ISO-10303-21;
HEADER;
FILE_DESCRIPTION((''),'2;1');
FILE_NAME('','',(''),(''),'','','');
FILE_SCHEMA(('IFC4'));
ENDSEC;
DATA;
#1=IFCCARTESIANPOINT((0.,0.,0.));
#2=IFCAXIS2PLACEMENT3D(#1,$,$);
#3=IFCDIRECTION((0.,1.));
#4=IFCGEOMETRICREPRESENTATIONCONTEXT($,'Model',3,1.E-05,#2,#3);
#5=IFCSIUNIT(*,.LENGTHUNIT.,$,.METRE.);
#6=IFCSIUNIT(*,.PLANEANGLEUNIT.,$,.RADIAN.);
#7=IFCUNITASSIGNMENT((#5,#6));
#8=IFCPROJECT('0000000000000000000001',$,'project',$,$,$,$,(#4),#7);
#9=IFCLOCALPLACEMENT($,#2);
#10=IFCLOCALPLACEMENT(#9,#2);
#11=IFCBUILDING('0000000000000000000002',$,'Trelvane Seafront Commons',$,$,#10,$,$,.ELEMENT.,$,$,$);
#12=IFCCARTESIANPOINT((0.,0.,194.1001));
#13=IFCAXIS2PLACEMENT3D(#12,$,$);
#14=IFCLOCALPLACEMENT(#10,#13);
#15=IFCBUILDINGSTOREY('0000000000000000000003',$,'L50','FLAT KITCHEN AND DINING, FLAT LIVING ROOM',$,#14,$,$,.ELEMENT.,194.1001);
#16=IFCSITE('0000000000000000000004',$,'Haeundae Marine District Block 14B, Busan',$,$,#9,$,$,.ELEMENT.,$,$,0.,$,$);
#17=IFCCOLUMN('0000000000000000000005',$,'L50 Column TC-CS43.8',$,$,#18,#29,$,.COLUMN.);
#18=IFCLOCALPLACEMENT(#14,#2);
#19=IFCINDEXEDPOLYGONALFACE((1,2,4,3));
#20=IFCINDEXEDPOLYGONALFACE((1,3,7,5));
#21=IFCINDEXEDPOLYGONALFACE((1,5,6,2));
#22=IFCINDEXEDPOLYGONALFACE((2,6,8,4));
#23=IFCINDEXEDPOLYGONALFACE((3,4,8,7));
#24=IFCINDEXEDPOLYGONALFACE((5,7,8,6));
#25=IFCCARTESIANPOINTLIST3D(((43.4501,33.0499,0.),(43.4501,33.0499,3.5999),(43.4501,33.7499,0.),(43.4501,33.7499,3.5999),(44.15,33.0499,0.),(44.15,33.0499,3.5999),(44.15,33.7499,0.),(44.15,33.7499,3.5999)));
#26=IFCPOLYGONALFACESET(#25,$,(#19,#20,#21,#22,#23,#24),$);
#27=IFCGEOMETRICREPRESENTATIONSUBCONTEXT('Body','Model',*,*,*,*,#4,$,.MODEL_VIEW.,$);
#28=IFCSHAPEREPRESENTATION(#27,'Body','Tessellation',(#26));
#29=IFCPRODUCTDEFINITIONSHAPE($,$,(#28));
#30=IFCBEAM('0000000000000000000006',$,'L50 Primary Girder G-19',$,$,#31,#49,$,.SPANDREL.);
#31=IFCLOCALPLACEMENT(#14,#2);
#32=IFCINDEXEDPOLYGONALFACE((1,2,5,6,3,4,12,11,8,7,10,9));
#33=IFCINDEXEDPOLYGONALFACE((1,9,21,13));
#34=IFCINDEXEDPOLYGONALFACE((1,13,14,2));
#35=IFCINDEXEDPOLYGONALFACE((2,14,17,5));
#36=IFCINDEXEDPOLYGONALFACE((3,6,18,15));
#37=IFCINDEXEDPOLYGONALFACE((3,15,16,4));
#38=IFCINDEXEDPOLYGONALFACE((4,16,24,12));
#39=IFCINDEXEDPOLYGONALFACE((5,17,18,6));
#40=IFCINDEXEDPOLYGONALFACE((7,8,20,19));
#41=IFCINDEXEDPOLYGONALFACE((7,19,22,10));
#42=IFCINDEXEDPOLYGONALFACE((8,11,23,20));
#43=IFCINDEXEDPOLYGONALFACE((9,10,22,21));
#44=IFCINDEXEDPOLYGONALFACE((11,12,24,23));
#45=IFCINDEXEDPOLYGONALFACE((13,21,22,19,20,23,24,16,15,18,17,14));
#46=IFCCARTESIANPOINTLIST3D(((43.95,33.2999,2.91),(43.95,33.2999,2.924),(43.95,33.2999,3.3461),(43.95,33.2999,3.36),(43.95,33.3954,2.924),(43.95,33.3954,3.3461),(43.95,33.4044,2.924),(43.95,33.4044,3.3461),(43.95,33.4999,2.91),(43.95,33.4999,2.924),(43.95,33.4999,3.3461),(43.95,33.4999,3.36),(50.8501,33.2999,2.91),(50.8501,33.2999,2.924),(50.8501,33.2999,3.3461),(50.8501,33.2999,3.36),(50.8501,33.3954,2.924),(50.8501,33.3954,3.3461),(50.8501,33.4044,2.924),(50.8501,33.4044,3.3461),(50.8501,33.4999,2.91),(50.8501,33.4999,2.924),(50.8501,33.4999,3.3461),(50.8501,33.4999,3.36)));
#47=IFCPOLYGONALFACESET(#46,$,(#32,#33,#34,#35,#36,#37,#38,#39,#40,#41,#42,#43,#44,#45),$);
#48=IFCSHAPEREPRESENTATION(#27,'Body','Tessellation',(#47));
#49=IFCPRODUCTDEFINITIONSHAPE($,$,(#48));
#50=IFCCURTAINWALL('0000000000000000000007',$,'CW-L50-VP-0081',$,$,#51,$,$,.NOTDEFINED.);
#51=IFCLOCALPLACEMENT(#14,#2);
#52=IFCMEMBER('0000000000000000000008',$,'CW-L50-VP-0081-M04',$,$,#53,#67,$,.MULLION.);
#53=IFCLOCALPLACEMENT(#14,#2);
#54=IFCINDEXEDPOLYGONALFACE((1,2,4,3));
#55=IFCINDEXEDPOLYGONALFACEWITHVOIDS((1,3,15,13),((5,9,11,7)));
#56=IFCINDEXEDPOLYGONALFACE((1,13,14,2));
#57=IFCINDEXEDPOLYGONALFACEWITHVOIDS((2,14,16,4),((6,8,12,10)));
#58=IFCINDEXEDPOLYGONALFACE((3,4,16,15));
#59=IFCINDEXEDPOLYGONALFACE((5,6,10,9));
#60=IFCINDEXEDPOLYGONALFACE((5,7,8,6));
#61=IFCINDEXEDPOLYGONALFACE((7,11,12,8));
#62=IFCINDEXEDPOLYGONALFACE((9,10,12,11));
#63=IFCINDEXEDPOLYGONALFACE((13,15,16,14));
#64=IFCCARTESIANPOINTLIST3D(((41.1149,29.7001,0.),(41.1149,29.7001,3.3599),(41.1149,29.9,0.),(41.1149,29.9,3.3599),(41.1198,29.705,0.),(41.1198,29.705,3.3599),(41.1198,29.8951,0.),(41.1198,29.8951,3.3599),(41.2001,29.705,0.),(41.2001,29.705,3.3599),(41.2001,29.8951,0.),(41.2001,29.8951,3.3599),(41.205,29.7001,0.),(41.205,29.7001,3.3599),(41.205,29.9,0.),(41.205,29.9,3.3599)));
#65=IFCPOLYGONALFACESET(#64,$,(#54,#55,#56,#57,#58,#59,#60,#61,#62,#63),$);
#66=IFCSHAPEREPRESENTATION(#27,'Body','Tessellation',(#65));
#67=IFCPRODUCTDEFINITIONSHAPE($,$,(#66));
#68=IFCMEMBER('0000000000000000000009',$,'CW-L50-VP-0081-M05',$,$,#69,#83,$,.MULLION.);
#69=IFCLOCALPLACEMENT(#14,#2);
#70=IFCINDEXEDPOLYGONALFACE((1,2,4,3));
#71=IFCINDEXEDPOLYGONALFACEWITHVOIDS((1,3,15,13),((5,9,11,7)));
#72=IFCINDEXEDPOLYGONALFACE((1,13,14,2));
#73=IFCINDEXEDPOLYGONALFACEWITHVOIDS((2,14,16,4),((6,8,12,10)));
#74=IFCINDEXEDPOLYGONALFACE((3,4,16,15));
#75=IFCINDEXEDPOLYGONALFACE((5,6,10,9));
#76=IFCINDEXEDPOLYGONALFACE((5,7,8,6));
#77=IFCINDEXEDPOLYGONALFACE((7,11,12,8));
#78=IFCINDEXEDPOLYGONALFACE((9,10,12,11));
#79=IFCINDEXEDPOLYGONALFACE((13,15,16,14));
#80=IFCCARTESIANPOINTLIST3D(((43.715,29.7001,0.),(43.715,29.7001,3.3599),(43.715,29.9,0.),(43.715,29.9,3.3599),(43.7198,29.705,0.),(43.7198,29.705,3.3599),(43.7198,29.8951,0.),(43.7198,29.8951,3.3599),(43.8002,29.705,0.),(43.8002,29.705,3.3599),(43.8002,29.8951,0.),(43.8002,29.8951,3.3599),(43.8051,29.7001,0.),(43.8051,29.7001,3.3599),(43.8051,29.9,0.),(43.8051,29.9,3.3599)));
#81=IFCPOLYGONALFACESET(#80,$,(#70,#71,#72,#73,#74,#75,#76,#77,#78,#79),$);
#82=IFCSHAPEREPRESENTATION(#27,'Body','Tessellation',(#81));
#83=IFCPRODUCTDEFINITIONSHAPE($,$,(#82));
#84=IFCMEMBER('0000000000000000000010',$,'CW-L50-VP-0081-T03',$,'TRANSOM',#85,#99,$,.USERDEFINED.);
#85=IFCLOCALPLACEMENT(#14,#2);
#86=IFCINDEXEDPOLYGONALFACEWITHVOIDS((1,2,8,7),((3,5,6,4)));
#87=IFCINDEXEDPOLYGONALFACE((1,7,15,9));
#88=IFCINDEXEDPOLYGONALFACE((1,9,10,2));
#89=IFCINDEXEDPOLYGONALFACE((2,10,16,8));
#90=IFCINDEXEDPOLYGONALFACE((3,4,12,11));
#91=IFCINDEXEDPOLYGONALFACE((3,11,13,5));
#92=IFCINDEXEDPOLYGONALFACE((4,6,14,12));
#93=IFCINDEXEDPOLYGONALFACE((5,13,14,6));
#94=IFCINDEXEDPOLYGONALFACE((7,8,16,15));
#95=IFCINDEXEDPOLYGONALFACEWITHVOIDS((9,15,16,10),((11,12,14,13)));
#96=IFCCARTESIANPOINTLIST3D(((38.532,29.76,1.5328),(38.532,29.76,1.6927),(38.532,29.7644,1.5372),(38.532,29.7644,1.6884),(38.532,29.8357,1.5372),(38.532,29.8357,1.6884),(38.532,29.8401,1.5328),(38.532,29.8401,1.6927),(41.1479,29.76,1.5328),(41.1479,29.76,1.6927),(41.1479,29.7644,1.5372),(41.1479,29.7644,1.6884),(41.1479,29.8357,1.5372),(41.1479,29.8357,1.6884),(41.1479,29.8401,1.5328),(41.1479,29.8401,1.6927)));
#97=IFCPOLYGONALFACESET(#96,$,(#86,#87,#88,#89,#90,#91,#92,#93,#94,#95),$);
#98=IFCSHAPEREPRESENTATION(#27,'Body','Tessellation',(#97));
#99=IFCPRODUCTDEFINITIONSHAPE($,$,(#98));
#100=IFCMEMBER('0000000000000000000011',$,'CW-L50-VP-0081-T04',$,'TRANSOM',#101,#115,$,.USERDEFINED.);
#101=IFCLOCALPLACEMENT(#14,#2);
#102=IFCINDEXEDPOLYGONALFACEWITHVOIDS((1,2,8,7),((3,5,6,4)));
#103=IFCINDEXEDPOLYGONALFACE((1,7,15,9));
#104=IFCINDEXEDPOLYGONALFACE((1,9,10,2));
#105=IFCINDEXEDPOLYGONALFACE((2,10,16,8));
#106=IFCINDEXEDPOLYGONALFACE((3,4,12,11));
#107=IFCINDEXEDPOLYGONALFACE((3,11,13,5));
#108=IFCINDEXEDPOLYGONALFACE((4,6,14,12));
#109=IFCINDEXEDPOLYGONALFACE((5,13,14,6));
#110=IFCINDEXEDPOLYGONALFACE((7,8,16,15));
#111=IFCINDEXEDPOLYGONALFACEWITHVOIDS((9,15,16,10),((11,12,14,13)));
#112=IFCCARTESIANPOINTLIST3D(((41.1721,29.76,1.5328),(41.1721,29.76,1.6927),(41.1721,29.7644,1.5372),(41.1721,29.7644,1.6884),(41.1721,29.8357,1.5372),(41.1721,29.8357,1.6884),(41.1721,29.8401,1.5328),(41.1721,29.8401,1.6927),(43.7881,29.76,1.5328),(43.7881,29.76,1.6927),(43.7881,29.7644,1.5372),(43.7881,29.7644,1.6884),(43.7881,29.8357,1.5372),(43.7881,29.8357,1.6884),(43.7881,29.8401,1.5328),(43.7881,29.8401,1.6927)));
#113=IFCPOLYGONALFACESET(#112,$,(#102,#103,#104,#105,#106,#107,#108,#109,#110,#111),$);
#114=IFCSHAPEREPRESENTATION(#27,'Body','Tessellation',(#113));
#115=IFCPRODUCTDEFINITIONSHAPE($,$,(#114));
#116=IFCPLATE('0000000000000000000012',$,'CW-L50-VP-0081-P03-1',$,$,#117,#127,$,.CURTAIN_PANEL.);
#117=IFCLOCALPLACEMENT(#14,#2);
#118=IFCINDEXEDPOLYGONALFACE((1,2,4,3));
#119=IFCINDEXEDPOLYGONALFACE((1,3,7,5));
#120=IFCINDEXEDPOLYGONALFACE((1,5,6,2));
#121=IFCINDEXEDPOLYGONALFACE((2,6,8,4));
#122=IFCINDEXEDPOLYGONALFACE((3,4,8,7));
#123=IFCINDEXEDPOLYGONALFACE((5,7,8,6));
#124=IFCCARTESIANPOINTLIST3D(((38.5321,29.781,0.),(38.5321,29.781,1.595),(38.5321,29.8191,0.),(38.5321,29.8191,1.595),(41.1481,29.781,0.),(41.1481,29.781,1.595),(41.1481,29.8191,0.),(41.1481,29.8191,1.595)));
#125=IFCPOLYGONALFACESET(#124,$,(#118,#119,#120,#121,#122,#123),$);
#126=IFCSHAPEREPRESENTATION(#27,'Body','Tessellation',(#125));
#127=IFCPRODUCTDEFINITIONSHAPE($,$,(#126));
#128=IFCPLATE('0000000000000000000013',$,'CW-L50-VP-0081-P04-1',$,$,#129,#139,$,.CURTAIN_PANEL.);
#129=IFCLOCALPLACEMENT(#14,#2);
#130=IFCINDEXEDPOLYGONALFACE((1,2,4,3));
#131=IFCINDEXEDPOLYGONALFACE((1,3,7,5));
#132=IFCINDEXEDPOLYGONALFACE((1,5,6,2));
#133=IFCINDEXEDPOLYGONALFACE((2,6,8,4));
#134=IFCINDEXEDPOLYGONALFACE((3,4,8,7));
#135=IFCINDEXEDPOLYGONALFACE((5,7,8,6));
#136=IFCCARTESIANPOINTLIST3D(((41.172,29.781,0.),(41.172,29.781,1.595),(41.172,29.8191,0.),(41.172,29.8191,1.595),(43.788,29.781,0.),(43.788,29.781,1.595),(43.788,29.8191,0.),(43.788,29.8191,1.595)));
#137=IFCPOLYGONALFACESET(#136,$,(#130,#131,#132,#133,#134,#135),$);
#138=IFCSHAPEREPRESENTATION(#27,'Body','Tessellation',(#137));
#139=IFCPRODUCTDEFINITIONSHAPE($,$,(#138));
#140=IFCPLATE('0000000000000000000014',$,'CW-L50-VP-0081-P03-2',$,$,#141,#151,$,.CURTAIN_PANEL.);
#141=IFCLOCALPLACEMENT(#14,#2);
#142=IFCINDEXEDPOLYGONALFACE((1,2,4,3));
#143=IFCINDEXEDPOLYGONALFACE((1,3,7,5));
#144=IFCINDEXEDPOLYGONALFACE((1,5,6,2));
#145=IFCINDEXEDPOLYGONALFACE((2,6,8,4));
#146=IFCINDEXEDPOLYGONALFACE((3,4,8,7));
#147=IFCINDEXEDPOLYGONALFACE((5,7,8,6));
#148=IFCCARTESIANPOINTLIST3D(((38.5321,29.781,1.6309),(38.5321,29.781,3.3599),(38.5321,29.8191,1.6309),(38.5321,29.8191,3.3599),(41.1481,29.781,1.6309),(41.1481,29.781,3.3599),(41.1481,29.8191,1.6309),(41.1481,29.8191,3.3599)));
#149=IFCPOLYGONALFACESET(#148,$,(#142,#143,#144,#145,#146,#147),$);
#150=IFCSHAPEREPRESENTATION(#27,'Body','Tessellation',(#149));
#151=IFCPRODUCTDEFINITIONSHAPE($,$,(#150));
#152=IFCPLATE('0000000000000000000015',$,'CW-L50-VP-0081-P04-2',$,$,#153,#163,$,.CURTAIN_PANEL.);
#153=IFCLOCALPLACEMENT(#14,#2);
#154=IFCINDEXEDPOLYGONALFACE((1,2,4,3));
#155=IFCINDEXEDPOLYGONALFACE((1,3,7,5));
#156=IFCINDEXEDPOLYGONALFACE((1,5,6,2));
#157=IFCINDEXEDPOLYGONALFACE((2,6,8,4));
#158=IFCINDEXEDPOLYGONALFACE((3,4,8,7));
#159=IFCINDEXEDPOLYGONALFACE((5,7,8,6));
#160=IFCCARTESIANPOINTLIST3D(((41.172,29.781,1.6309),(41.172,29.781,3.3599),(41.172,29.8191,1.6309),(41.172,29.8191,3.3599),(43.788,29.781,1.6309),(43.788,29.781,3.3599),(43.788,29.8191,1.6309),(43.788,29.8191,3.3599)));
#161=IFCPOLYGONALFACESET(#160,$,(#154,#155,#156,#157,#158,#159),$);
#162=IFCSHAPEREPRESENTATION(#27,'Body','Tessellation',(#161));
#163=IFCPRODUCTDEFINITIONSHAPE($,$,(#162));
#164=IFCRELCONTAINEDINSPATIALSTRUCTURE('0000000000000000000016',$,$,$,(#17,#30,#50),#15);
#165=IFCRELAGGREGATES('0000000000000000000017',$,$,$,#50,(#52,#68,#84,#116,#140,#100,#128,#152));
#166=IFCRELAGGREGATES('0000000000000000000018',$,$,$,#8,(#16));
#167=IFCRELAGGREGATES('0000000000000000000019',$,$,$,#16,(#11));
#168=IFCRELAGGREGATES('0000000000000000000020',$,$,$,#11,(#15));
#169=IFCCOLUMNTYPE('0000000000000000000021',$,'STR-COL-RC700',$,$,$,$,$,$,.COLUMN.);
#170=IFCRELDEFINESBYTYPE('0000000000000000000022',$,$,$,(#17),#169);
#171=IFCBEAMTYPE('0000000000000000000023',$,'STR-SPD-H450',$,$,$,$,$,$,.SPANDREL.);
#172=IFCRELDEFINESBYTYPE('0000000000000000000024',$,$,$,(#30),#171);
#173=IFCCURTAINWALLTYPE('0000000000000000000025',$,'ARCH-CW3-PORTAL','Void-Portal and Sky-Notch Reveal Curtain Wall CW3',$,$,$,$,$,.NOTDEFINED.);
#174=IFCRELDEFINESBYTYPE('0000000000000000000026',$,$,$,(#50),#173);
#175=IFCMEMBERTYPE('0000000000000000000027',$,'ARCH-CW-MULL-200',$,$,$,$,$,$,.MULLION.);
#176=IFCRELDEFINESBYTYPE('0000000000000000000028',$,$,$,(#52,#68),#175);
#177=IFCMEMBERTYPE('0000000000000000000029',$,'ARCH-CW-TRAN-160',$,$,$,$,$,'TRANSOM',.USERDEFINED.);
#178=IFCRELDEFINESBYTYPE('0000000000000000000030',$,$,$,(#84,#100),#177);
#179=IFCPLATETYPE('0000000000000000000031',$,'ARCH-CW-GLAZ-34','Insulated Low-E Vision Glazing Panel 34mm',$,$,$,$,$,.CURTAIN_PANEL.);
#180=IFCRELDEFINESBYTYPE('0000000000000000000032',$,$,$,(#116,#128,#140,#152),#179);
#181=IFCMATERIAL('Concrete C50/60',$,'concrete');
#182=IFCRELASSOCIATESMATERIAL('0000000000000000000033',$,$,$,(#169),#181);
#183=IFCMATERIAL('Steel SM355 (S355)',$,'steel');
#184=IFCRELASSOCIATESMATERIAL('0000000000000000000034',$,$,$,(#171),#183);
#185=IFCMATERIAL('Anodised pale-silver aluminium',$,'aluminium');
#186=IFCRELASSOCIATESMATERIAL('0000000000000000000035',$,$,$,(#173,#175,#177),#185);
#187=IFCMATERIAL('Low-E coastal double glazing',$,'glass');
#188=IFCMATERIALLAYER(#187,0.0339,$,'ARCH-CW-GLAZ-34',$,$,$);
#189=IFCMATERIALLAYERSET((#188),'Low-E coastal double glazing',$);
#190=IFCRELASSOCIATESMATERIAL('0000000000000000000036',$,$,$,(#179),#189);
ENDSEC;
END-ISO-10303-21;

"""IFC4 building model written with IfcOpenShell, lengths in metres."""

from ifc_helpers import new_model, si_unit, direction, frame, origin, origin_2d, place, context, subcontext, project, spatial, rectangle, hollow_rectangle, i_section, extrude, source, transform, mapped, material, layer, layer_set, material_profile, profile_set, type_object, element, aggregate, save


model = new_model("IFC4")

# Units and contexts
model_context = context("Model", 3, precision=1e-05, world=origin(), true_north=direction((0.0, 1.0)))
body_context = subcontext(model_context, "Body", "Model", "MODEL_VIEW")
ifc_project = project(units=[si_unit("LENGTHUNIT", "METRE"), si_unit("PLANEANGLEUNIT", "RADIAN")], contexts=[model_context])

# Site, building, storey
site_placement = place(None, origin())
site = spatial("IfcSite", under=ifc_project, at=site_placement, Name="Haeundae Marine District Block 14B, Busan", CompositionType="ELEMENT", RefElevation=0.0)
building_placement = place(site_placement, origin())
building = spatial("IfcBuilding", under=site, at=building_placement, Name="Trelvane Seafront Commons", CompositionType="ELEMENT")
storey_placement = place(building_placement, frame((0.0, 0.0, 194.1001)))
storey = spatial("IfcBuildingStorey", under=building, at=storey_placement, Name="L50", Description="FLAT KITCHEN AND DINING, FLAT LIVING ROOM", CompositionType="ELEMENT", Elevation=194.1001)

# Column
ifc_material_1 = material(Name="Concrete C50/60", Category="concrete")
ifc_material_profile_1 = material_profile(ifc_material_1, rectangle(XDim=0.7, YDim=0.7, at=origin_2d()), Name="RC-700x700")
ifc_profile_set_1 = profile_set([ifc_material_profile_1], Name="Concrete C50/60")
column_type = type_object("IfcColumnType", Name="STR-COL-RC700", PredefinedType="COLUMN", material=ifc_profile_set_1)
shared_shape_1 = source(origin(), body_context, "Body", "SweptSolid", [
    extrude(rectangle(XDim=0.7, YDim=0.7, at=origin_2d()), origin(), (0.0, 0.0, 1.0), 3.5999),
])
column_placement = place(storey_placement, frame((43.8, 33.3999, 0.0), z_axis=(0.0, 0.0, 1.0), x_axis=(1.0, 0.0, 0.0)))
element("IfcColumn", 1, at=column_placement, inside=storey, type_object=column_type, Name="L50 Column TC-CS43.8", PredefinedType="COLUMN", context=body_context, shape_type="MappedRepresentation", body=[
    mapped(shared_shape_1, transform((0.0, 0.0, 0.0), x_axis=(1.0, 0.0, 0.0), y_axis=(0.0, 1.0, 0.0), z_axis=(0.0, 0.0, 1.0), scale=1.0)),
])

# Beam
ifc_material_2 = material(Name="Steel SM355 (S355)", Category="steel")
ifc_material_profile_2 = material_profile(ifc_material_2, i_section(OverallWidth=0.2, OverallDepth=0.45, WebThickness=0.009, FlangeThickness=0.0139, at=origin_2d()), Name="H-450x200x9x14")
ifc_profile_set_2 = profile_set([ifc_material_profile_2], Name="Steel SM355 (S355)")
beam_type = type_object("IfcBeamType", Name="STR-SPD-H450", PredefinedType="SPANDREL", material=ifc_profile_set_2)
shared_shape_2 = source(origin(), body_context, "Body", "SweptSolid", [
    extrude(i_section(OverallWidth=0.2, OverallDepth=0.45, WebThickness=0.009, FlangeThickness=0.0139, at=origin_2d()), origin(), (0.0, 0.0, 1.0), 6.9001),
])
beam_placement = place(storey_placement, frame((43.95, 33.3999, 3.135), z_axis=(1.0, 0.0, 0.0), x_axis=(0.0, 1.0, 0.0)))
element("IfcBeam", 2, at=beam_placement, inside=storey, type_object=beam_type, Name="L50 Primary Girder G-19", PredefinedType="SPANDREL", context=body_context, shape_type="MappedRepresentation", body=[
    mapped(shared_shape_2, transform((0.0, 0.0, 0.0), x_axis=(1.0, 0.0, 0.0), y_axis=(0.0, 1.0, 0.0), z_axis=(0.0, 0.0, 1.0), scale=1.0)),
])

# Curtain wall, members, plates
ifc_material_3 = material(Name="Anodised pale-silver aluminium", Category="aluminium")
curtain_wall_type = type_object("IfcCurtainWallType", Name="ARCH-CW3-PORTAL", Description="Void-Portal and Sky-Notch Reveal Curtain Wall CW3", PredefinedType="NOTDEFINED", material=ifc_material_3)
curtain_wall_placement = place(storey_placement, origin())
curtain_wall = element("IfcCurtainWall", 3, at=curtain_wall_placement, inside=storey, type_object=curtain_wall_type, Name="CW-L50-VP-0081", PredefinedType="NOTDEFINED")
ifc_material_profile_3 = material_profile(ifc_material_3, hollow_rectangle(XDim=0.0901, YDim=0.2, WallThickness=0.0049, at=origin_2d()), Name="MULL-90x200x5")
ifc_profile_set_3 = profile_set([ifc_material_profile_3], Name="Anodised pale-silver aluminium")
member_type_1 = type_object("IfcMemberType", Name="ARCH-CW-MULL-200", PredefinedType="MULLION", material=ifc_profile_set_3)
shared_shape_3 = source(origin(), body_context, "Body", "SweptSolid", [
    extrude(hollow_rectangle(XDim=0.0901, YDim=0.2, WallThickness=0.0049, at=origin_2d()), origin(), (0.0, 0.0, 1.0), 3.3599),
])
member_1_placement = place(storey_placement, frame((41.1599, 29.8, 0.0), z_axis=(0.0, 0.0, 1.0), x_axis=(1.0, 0.0, 0.0)))
member_1 = element("IfcMember", 4, at=member_1_placement, type_object=member_type_1, Name="CW-L50-VP-0081-M04", PredefinedType="MULLION", context=body_context, shape_type="MappedRepresentation", body=[
    mapped(shared_shape_3, transform((0.0, 0.0, 0.0), x_axis=(1.0, 0.0, 0.0), y_axis=(0.0, 1.0, 0.0), z_axis=(0.0, 0.0, 1.0), scale=1.0)),
])
member_2_placement = place(storey_placement, frame((43.76, 29.8, 0.0), z_axis=(0.0, 0.0, 1.0), x_axis=(1.0, 0.0, 0.0)))
member_2 = element("IfcMember", 5, at=member_2_placement, type_object=member_type_1, Name="CW-L50-VP-0081-M05", PredefinedType="MULLION", context=body_context, shape_type="MappedRepresentation", body=[
    mapped(shared_shape_3, transform((0.0, 0.0, 0.0), x_axis=(1.0, 0.0, 0.0), y_axis=(0.0, 1.0, 0.0), z_axis=(0.0, 0.0, 1.0), scale=1.0)),
])
ifc_material_profile_4 = material_profile(ifc_material_3, hollow_rectangle(XDim=0.0801, YDim=0.1599, WallThickness=0.0044, at=origin_2d()), Name="TRAN-80x160x4.5")
ifc_profile_set_4 = profile_set([ifc_material_profile_4], Name="Anodised pale-silver aluminium")
member_type_2 = type_object("IfcMemberType", Name="ARCH-CW-TRAN-160", ElementType="TRANSOM", PredefinedType="USERDEFINED", material=ifc_profile_set_4)
shared_shape_4 = source(origin(), body_context, "Body", "SweptSolid", [
    extrude(hollow_rectangle(XDim=0.0801, YDim=0.1599, WallThickness=0.0044, at=origin_2d()), origin(), (0.0, 0.0, 1.0), 2.616),
])
member_3_placement = place(storey_placement, frame((38.532, 29.8, 1.6128), z_axis=(1.0, 0.0, 0.0), x_axis=(0.0, 1.0, 0.0)))
member_3 = element("IfcMember", 6, at=member_3_placement, type_object=member_type_2, Name="CW-L50-VP-0081-T03", ObjectType="TRANSOM", PredefinedType="USERDEFINED", context=body_context, shape_type="MappedRepresentation", body=[
    mapped(shared_shape_4, transform((0.0, 0.0, 0.0), x_axis=(1.0, 0.0, 0.0), y_axis=(0.0, 1.0, 0.0), z_axis=(0.0, 0.0, 1.0), scale=1.0)),
])
member_4_placement = place(storey_placement, frame((41.1721, 29.8, 1.6128), z_axis=(1.0, 0.0, 0.0), x_axis=(0.0, 1.0, 0.0)))
member_4 = element("IfcMember", 7, at=member_4_placement, type_object=member_type_2, Name="CW-L50-VP-0081-T04", ObjectType="TRANSOM", PredefinedType="USERDEFINED", context=body_context, shape_type="MappedRepresentation", body=[
    mapped(shared_shape_4, transform((0.0, 0.0, 0.0), x_axis=(1.0, 0.0, 0.0), y_axis=(0.0, 1.0, 0.0), z_axis=(0.0, 0.0, 1.0), scale=1.0)),
])
ifc_material_4 = material(Name="Low-E coastal double glazing", Category="glass")
ifc_layer_1 = layer(ifc_material_4, 0.0339, Name="ARCH-CW-GLAZ-34")
ifc_layer_set_1 = layer_set([ifc_layer_1], Name="Low-E coastal double glazing")
plate_type = type_object("IfcPlateType", Name="ARCH-CW-GLAZ-34", Description="Insulated Low-E Vision Glazing Panel 34mm", PredefinedType="CURTAIN_PANEL", material=ifc_layer_set_1)
shared_shape_5 = source(origin(), body_context, "Body", "SweptSolid", [
    extrude(rectangle(XDim=2.616, YDim=0.0381, at=origin_2d()), origin(), (0.0, 0.0, 1.0), 1.595),
])
plate_1_placement = place(storey_placement, frame((39.8401, 29.8, 0.0), z_axis=(0.0, 0.0, 1.0), x_axis=(1.0, 0.0, 0.0)))
plate_1 = element("IfcPlate", 8, at=plate_1_placement, type_object=plate_type, Name="CW-L50-VP-0081-P03-1", PredefinedType="CURTAIN_PANEL", context=body_context, shape_type="MappedRepresentation", body=[
    mapped(shared_shape_5, transform((0.0, 0.0, 0.0), x_axis=(1.0, 0.0, 0.0), y_axis=(0.0, 1.0, 0.0), z_axis=(0.0, 0.0, 1.0), scale=1.0)),
])
plate_2_placement = place(storey_placement, frame((42.48, 29.8, 0.0), z_axis=(0.0, 0.0, 1.0), x_axis=(1.0, 0.0, 0.0)))
plate_2 = element("IfcPlate", 9, at=plate_2_placement, type_object=plate_type, Name="CW-L50-VP-0081-P04-1", PredefinedType="CURTAIN_PANEL", context=body_context, shape_type="MappedRepresentation", body=[
    mapped(shared_shape_5, transform((0.0, 0.0, 0.0), x_axis=(1.0, 0.0, 0.0), y_axis=(0.0, 1.0, 0.0), z_axis=(0.0, 0.0, 1.0), scale=1.0)),
])
shared_shape_6 = source(origin(), body_context, "Body", "SweptSolid", [
    extrude(rectangle(XDim=2.616, YDim=0.0381, at=origin_2d()), origin(), (0.0, 0.0, 1.0), 1.729),
])
plate_3_placement = place(storey_placement, frame((39.8401, 29.8, 1.6309), z_axis=(0.0, 0.0, 1.0), x_axis=(1.0, 0.0, 0.0)))
plate_3 = element("IfcPlate", 10, at=plate_3_placement, type_object=plate_type, Name="CW-L50-VP-0081-P03-2", PredefinedType="CURTAIN_PANEL", context=body_context, shape_type="MappedRepresentation", body=[
    mapped(shared_shape_6, transform((0.0, 0.0, 0.0), x_axis=(1.0, 0.0, 0.0), y_axis=(0.0, 1.0, 0.0), z_axis=(0.0, 0.0, 1.0), scale=1.0)),
])
plate_4_placement = place(storey_placement, frame((42.48, 29.8, 1.6309), z_axis=(0.0, 0.0, 1.0), x_axis=(1.0, 0.0, 0.0)))
plate_4 = element("IfcPlate", 11, at=plate_4_placement, type_object=plate_type, Name="CW-L50-VP-0081-P04-2", PredefinedType="CURTAIN_PANEL", context=body_context, shape_type="MappedRepresentation", body=[
    mapped(shared_shape_6, transform((0.0, 0.0, 0.0), x_axis=(1.0, 0.0, 0.0), y_axis=(0.0, 1.0, 0.0), z_axis=(0.0, 0.0, 1.0), scale=1.0)),
])
aggregate(curtain_wall, [member_1, member_2, member_3, plate_1, plate_3, member_4, plate_2, plate_4])

save(model, "model.ifc")
